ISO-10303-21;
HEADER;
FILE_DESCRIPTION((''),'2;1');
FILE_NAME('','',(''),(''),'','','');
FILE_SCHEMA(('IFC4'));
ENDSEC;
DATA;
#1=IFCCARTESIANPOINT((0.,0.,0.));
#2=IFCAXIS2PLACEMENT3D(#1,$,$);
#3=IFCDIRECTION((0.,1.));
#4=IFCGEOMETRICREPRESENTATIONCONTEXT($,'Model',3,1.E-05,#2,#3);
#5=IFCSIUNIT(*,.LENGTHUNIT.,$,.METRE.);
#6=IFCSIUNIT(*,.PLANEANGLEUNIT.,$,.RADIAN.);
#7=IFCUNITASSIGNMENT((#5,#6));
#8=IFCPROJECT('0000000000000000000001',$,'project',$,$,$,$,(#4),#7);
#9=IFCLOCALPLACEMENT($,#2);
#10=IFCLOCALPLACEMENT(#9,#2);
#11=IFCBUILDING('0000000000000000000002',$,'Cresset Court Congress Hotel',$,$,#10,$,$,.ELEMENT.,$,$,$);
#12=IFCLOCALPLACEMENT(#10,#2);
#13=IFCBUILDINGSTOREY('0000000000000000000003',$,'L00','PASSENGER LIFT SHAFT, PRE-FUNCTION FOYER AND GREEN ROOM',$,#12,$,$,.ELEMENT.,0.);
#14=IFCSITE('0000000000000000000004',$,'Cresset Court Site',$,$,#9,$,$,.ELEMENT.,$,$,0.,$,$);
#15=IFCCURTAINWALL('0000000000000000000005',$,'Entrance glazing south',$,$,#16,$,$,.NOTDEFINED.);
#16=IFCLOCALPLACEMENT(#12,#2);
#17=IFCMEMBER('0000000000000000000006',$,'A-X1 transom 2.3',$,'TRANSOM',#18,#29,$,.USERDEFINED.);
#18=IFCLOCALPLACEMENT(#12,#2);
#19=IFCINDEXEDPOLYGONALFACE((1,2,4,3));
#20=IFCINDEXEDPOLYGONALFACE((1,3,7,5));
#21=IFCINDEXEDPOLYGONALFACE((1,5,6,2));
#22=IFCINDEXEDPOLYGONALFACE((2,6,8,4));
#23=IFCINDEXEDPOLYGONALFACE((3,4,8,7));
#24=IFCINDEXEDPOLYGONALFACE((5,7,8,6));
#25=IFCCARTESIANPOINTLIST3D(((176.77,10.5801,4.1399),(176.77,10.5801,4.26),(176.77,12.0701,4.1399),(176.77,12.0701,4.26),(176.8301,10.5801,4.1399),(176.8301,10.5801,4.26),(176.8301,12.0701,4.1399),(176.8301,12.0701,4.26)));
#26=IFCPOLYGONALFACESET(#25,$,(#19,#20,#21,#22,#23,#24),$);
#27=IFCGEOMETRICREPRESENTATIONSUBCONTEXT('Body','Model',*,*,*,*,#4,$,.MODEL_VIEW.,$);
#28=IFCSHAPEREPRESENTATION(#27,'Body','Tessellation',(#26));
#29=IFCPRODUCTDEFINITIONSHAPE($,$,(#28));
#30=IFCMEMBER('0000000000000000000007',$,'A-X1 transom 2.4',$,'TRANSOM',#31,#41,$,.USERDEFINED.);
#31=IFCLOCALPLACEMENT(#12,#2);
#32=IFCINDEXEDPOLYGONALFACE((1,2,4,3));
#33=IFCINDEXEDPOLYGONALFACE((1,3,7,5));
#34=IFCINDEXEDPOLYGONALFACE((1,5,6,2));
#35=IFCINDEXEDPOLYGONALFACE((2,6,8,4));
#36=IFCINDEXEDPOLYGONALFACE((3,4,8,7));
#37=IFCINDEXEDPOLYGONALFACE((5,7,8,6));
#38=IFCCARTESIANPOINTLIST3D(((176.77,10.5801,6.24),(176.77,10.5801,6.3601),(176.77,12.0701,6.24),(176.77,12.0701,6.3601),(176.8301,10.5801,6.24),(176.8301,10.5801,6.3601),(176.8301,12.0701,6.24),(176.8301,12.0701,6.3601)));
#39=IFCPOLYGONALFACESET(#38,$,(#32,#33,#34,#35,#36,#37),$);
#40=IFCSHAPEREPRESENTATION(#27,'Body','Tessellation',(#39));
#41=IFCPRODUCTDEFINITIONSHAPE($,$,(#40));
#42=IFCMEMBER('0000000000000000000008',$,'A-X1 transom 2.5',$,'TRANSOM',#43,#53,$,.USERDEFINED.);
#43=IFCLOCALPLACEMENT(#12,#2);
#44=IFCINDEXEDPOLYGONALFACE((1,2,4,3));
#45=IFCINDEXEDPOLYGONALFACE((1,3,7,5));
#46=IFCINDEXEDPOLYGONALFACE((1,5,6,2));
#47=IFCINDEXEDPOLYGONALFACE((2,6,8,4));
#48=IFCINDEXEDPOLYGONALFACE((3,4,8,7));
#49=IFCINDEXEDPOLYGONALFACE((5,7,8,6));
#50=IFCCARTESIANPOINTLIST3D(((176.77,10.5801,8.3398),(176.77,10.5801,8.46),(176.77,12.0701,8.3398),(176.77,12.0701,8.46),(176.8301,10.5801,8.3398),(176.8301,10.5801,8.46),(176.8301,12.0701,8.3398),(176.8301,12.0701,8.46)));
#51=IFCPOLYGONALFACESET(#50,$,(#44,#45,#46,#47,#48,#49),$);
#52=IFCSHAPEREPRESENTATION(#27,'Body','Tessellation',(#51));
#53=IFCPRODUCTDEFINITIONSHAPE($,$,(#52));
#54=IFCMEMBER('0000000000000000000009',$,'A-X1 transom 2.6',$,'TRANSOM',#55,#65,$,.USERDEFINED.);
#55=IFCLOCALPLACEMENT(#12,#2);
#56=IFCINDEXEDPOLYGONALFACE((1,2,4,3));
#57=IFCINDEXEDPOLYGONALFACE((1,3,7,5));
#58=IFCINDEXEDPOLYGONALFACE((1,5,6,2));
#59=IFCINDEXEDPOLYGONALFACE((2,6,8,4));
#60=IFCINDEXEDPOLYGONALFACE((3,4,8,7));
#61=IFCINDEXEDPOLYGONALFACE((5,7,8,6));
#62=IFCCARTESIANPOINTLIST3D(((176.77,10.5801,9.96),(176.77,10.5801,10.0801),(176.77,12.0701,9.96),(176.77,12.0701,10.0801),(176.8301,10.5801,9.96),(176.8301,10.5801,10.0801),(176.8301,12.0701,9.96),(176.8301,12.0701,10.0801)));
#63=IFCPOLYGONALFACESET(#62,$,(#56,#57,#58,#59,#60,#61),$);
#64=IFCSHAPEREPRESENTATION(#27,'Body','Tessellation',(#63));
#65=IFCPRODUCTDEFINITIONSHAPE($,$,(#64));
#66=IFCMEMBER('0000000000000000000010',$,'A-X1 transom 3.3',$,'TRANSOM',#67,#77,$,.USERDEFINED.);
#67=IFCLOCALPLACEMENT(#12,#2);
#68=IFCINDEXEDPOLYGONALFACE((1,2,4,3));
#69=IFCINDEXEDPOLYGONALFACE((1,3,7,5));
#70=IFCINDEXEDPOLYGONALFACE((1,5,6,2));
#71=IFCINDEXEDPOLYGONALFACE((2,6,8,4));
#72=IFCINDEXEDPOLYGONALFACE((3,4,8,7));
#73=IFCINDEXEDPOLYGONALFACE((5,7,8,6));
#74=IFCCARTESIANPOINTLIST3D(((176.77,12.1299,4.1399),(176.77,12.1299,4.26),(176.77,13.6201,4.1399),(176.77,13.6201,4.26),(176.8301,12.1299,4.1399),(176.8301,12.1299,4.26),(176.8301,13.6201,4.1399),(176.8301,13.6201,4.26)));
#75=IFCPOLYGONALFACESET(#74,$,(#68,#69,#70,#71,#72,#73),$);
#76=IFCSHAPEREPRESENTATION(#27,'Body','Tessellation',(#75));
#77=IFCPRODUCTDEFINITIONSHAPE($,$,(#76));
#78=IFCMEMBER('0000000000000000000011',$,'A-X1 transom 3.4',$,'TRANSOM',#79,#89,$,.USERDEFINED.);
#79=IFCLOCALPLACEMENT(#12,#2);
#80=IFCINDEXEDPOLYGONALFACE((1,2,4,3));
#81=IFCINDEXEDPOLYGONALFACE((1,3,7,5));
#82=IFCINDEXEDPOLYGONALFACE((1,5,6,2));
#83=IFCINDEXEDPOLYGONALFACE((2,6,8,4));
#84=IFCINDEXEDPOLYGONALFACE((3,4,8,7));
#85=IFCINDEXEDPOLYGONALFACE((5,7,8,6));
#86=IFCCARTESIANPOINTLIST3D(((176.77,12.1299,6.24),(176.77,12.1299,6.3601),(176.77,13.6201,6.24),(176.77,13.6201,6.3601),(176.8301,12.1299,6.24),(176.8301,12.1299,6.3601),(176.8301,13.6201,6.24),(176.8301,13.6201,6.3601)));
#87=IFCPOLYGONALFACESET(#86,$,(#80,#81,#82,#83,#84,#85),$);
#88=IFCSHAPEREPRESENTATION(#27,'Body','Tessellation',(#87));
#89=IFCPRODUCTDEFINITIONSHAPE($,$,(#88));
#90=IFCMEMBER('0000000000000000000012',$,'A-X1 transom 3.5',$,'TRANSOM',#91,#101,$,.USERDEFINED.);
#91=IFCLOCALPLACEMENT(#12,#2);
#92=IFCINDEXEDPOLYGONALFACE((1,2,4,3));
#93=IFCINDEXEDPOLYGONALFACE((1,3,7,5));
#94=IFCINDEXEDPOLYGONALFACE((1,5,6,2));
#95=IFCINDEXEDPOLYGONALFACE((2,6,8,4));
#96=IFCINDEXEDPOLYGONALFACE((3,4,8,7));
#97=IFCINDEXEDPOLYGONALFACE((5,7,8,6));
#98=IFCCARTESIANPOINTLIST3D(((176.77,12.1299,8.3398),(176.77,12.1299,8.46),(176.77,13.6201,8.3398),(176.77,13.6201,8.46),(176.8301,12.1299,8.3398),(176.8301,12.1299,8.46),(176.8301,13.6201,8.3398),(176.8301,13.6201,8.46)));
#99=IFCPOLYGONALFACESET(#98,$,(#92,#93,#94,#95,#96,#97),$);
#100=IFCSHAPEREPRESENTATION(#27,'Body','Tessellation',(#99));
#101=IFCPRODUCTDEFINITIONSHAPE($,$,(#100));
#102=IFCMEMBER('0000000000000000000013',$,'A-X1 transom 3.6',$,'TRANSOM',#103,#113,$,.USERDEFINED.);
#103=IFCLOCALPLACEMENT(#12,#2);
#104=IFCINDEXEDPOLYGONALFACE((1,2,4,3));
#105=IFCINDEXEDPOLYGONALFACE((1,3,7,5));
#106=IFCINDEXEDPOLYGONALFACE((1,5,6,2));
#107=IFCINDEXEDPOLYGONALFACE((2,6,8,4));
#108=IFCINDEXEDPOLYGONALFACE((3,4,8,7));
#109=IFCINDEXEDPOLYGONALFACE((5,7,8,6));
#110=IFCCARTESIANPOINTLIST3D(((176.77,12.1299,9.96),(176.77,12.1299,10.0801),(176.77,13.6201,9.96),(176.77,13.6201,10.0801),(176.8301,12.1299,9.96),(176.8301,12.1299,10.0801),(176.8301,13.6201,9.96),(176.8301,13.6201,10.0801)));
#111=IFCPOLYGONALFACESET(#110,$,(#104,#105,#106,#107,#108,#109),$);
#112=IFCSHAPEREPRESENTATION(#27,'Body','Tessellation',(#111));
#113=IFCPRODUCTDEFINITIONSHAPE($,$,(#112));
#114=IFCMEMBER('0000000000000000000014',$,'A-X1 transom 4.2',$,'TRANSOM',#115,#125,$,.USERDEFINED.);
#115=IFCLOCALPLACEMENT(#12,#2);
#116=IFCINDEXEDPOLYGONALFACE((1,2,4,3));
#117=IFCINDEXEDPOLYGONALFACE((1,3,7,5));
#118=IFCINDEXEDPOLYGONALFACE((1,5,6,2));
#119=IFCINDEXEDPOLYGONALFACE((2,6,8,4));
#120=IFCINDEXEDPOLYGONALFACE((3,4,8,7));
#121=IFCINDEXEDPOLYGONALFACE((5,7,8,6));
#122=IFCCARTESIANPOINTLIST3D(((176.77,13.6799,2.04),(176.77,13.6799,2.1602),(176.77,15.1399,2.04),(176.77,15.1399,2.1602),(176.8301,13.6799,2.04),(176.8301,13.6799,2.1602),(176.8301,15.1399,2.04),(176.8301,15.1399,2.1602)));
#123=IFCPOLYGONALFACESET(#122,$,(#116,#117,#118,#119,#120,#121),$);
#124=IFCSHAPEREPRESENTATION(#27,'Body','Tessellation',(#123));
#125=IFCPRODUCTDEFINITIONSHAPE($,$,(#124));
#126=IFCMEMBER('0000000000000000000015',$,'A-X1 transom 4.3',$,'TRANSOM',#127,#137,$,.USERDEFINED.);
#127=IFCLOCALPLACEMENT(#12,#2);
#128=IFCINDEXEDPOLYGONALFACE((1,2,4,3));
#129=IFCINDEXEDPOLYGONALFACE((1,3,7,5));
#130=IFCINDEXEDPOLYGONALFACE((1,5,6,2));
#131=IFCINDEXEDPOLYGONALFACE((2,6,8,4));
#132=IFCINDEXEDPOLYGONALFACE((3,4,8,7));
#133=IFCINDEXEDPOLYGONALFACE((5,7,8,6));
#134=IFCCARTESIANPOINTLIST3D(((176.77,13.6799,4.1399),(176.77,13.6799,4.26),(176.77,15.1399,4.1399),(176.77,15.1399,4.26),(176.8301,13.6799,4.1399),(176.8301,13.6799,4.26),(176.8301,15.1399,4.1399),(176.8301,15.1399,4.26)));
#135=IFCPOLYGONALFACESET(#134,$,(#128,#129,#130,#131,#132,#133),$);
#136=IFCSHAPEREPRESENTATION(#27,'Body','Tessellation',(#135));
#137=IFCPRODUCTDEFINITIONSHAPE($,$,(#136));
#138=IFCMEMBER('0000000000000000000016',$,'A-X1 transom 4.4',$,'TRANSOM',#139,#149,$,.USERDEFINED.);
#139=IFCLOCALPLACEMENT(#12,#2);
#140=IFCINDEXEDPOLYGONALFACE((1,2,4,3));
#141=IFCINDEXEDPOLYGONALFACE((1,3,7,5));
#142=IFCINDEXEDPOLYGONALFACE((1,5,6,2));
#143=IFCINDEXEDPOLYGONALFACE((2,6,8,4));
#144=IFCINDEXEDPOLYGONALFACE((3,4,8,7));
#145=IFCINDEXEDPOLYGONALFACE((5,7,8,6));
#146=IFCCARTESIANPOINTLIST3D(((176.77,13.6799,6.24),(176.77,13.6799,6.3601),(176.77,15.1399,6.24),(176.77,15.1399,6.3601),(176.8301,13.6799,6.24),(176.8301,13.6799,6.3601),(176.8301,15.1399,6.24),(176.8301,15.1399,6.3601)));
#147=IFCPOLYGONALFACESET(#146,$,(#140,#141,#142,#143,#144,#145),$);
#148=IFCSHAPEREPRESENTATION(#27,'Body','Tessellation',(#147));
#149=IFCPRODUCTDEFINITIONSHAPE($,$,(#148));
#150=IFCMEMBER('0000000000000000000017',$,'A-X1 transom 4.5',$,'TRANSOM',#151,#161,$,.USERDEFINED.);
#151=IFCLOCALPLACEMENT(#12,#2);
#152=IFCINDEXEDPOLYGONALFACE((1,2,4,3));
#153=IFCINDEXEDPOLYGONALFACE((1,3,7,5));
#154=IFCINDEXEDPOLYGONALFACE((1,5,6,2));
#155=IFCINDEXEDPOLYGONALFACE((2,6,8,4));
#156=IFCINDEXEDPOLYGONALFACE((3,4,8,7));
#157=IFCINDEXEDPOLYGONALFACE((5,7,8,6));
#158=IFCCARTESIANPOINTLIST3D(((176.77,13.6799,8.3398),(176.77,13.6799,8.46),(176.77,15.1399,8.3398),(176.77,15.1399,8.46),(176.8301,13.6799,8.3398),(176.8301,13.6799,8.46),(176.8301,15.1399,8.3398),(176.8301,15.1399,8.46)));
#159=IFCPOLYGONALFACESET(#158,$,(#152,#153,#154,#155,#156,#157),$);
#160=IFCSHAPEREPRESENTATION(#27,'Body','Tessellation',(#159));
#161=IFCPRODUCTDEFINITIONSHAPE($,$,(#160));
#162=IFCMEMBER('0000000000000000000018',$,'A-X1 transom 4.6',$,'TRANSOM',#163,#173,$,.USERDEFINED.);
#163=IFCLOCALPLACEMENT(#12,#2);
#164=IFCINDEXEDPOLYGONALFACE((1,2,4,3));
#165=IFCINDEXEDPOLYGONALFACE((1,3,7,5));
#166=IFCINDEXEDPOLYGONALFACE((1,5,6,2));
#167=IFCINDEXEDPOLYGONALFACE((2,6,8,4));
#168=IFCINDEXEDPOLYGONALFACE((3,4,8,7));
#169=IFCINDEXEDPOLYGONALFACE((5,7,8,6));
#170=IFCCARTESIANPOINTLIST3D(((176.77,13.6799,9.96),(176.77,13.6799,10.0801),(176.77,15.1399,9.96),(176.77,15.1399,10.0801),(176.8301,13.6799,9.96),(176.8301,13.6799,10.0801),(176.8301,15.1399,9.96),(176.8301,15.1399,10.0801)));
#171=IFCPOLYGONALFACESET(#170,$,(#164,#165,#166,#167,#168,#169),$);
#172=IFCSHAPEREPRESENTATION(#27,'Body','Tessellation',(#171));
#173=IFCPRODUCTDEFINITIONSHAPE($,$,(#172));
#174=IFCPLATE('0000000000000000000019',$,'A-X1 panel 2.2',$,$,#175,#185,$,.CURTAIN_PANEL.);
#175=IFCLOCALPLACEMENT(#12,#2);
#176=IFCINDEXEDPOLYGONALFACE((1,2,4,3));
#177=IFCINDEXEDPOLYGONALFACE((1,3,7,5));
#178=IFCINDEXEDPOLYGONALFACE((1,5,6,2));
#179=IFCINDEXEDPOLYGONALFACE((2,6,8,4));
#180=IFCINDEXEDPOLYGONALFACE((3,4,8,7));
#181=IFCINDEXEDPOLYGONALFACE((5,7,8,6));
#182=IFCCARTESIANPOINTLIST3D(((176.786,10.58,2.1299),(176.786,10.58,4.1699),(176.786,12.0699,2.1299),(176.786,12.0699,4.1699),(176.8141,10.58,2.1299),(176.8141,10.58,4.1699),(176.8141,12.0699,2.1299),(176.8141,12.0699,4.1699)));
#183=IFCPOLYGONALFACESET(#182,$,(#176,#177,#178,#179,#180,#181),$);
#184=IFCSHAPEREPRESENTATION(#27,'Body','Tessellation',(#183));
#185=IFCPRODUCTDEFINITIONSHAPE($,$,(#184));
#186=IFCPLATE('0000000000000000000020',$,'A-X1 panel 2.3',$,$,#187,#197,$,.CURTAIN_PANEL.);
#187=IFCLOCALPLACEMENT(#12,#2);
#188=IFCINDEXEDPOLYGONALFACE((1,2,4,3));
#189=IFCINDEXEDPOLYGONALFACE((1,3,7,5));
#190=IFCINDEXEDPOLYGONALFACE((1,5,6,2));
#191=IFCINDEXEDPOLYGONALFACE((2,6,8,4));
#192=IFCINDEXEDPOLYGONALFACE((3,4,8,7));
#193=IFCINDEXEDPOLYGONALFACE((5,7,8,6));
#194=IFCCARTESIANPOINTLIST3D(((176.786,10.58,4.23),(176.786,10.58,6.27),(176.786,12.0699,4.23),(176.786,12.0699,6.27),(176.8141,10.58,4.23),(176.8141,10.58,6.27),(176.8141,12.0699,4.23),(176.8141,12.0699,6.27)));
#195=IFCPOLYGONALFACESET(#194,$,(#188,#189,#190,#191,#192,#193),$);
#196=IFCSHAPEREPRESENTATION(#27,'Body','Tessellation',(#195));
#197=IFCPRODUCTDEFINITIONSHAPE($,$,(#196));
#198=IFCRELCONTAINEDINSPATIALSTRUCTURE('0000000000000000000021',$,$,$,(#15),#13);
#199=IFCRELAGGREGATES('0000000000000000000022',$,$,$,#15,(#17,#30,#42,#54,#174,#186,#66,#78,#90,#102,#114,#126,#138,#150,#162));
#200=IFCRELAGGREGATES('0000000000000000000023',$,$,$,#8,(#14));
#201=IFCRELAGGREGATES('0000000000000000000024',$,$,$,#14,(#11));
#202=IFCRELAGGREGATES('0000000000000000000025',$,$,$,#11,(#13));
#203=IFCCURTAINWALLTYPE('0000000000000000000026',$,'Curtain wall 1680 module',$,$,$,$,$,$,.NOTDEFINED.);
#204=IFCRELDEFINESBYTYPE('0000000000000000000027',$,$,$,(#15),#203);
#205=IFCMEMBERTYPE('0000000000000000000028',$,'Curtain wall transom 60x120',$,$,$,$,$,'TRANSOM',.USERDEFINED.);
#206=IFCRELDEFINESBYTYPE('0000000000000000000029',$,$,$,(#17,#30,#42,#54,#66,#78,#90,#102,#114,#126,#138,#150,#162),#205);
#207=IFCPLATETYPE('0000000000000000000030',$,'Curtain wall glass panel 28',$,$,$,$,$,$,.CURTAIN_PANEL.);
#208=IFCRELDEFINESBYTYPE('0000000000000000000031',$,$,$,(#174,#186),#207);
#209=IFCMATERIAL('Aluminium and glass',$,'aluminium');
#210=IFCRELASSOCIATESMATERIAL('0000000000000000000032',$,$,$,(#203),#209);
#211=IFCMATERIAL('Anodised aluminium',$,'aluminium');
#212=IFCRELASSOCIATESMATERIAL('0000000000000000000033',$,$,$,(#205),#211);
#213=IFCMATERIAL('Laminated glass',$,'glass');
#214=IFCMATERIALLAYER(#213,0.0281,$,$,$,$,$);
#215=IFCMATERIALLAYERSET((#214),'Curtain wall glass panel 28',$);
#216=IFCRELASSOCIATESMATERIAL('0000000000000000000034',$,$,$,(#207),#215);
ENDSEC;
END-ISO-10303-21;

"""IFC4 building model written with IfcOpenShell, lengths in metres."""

from ifc_helpers import new_model, si_unit, direction, frame, origin, origin_2d, place, context, subcontext, project, spatial, rectangle, extrude, material, layer, layer_set, material_profile, profile_set, type_object, element, aggregate, save


model = new_model("IFC4")

# Units and contexts
model_context = context("Model", 3, precision=1e-05, world=origin(), true_north=direction((0.0, 1.0)))
body_context = subcontext(model_context, "Body", "Model", "MODEL_VIEW")
ifc_project = project(units=[si_unit("LENGTHUNIT", "METRE"), si_unit("PLANEANGLEUNIT", "RADIAN")], contexts=[model_context])

# Site, building, storey
site_placement = place(None, origin())
site = spatial("IfcSite", under=ifc_project, at=site_placement, Name="Cresset Court Site", CompositionType="ELEMENT", RefElevation=0.0)
building_placement = place(site_placement, origin())
building = spatial("IfcBuilding", under=site, at=building_placement, Name="Cresset Court Congress Hotel", CompositionType="ELEMENT")
storey_placement = place(building_placement, origin())
storey = spatial("IfcBuildingStorey", under=building, at=storey_placement, Name="L00", Description="PASSENGER LIFT SHAFT, PRE-FUNCTION FOYER AND GREEN ROOM", CompositionType="ELEMENT", Elevation=0.0)

# Curtain wall, members, plates
ifc_material_1 = material(Name="Aluminium and glass", Category="aluminium")
curtain_wall_type = type_object("IfcCurtainWallType", Name="Curtain wall 1680 module", PredefinedType="NOTDEFINED", material=ifc_material_1)
curtain_wall_placement = place(storey_placement, origin())
curtain_wall = element("IfcCurtainWall", 1, at=curtain_wall_placement, inside=storey, type_object=curtain_wall_type, Name="Entrance glazing south", PredefinedType="NOTDEFINED")
ifc_material_2 = material(Name="Anodised aluminium", Category="aluminium")
ifc_material_profile = material_profile(ifc_material_2, rectangle(XDim=0.0601, YDim=0.1201, at=origin_2d()), Name="AL60x120")
ifc_profile_set = profile_set([ifc_material_profile], Name="Anodised aluminium")
member_type = type_object("IfcMemberType", Name="Curtain wall transom 60x120", ElementType="TRANSOM", PredefinedType="USERDEFINED", material=ifc_profile_set)
member_1_placement = place(storey_placement, frame((176.8, 10.5801, 4.2), z_axis=(0.0, 1.0, 0.0), x_axis=(-1.0, 0.0, 0.0)))
member_1 = element("IfcMember", 2, at=member_1_placement, type_object=member_type, Name="A-X1 transom 2.3", ObjectType="TRANSOM", PredefinedType="USERDEFINED", context=body_context, shape_type="SweptSolid", body=[
    extrude(rectangle(XDim=0.0601, YDim=0.1201, at=origin_2d()), origin(), (0.0, 0.0, 1.0), 1.49),
])
member_2_placement = place(storey_placement, frame((176.8, 10.5801, 6.3), z_axis=(0.0, 1.0, 0.0), x_axis=(-1.0, 0.0, 0.0)))
member_2 = element("IfcMember", 3, at=member_2_placement, type_object=member_type, Name="A-X1 transom 2.4", ObjectType="TRANSOM", PredefinedType="USERDEFINED", context=body_context, shape_type="SweptSolid", body=[
    extrude(rectangle(XDim=0.0601, YDim=0.1201, at=origin_2d()), origin(), (0.0, 0.0, 1.0), 1.49),
])
member_3_placement = place(storey_placement, frame((176.8, 10.5801, 8.3999), z_axis=(0.0, 1.0, 0.0), x_axis=(-1.0, 0.0, 0.0)))
member_3 = element("IfcMember", 4, at=member_3_placement, type_object=member_type, Name="A-X1 transom 2.5", ObjectType="TRANSOM", PredefinedType="USERDEFINED", context=body_context, shape_type="SweptSolid", body=[
    extrude(rectangle(XDim=0.0601, YDim=0.1201, at=origin_2d()), origin(), (0.0, 0.0, 1.0), 1.49),
])
member_4_placement = place(storey_placement, frame((176.8, 10.5801, 10.02), z_axis=(0.0, 1.0, 0.0), x_axis=(-1.0, 0.0, 0.0)))
member_4 = element("IfcMember", 5, at=member_4_placement, type_object=member_type, Name="A-X1 transom 2.6", ObjectType="TRANSOM", PredefinedType="USERDEFINED", context=body_context, shape_type="SweptSolid", body=[
    extrude(rectangle(XDim=0.0601, YDim=0.1201, at=origin_2d()), origin(), (0.0, 0.0, 1.0), 1.49),
])
member_5_placement = place(storey_placement, frame((176.8, 12.1299, 4.2), z_axis=(0.0, 1.0, 0.0), x_axis=(-1.0, 0.0, 0.0)))
member_5 = element("IfcMember", 6, at=member_5_placement, type_object=member_type, Name="A-X1 transom 3.3", ObjectType="TRANSOM", PredefinedType="USERDEFINED", context=body_context, shape_type="SweptSolid", body=[
    extrude(rectangle(XDim=0.0601, YDim=0.1201, at=origin_2d()), origin(), (0.0, 0.0, 1.0), 1.4902),
])
member_6_placement = place(storey_placement, frame((176.8, 12.1299, 6.3), z_axis=(0.0, 1.0, 0.0), x_axis=(-1.0, 0.0, 0.0)))
member_6 = element("IfcMember", 7, at=member_6_placement, type_object=member_type, Name="A-X1 transom 3.4", ObjectType="TRANSOM", PredefinedType="USERDEFINED", context=body_context, shape_type="SweptSolid", body=[
    extrude(rectangle(XDim=0.0601, YDim=0.1201, at=origin_2d()), origin(), (0.0, 0.0, 1.0), 1.4902),
])
member_7_placement = place(storey_placement, frame((176.8, 12.1299, 8.3999), z_axis=(0.0, 1.0, 0.0), x_axis=(-1.0, 0.0, 0.0)))
member_7 = element("IfcMember", 8, at=member_7_placement, type_object=member_type, Name="A-X1 transom 3.5", ObjectType="TRANSOM", PredefinedType="USERDEFINED", context=body_context, shape_type="SweptSolid", body=[
    extrude(rectangle(XDim=0.0601, YDim=0.1201, at=origin_2d()), origin(), (0.0, 0.0, 1.0), 1.4902),
])
member_8_placement = place(storey_placement, frame((176.8, 12.1299, 10.02), z_axis=(0.0, 1.0, 0.0), x_axis=(-1.0, 0.0, 0.0)))
member_8 = element("IfcMember", 9, at=member_8_placement, type_object=member_type, Name="A-X1 transom 3.6", ObjectType="TRANSOM", PredefinedType="USERDEFINED", context=body_context, shape_type="SweptSolid", body=[
    extrude(rectangle(XDim=0.0601, YDim=0.1201, at=origin_2d()), origin(), (0.0, 0.0, 1.0), 1.4902),
])
member_9_placement = place(storey_placement, frame((176.8, 13.6799, 2.1001), z_axis=(0.0, 1.0, 0.0), x_axis=(-1.0, 0.0, 0.0)))
member_9 = element("IfcMember", 10, at=member_9_placement, type_object=member_type, Name="A-X1 transom 4.2", ObjectType="TRANSOM", PredefinedType="USERDEFINED", context=body_context, shape_type="SweptSolid", body=[
    extrude(rectangle(XDim=0.0601, YDim=0.1201, at=origin_2d()), origin(), (0.0, 0.0, 1.0), 1.46),
])
member_10_placement = place(storey_placement, frame((176.8, 13.6799, 4.2), z_axis=(0.0, 1.0, 0.0), x_axis=(-1.0, 0.0, 0.0)))
member_10 = element("IfcMember", 11, at=member_10_placement, type_object=member_type, Name="A-X1 transom 4.3", ObjectType="TRANSOM", PredefinedType="USERDEFINED", context=body_context, shape_type="SweptSolid", body=[
    extrude(rectangle(XDim=0.0601, YDim=0.1201, at=origin_2d()), origin(), (0.0, 0.0, 1.0), 1.46),
])
member_11_placement = place(storey_placement, frame((176.8, 13.6799, 6.3), z_axis=(0.0, 1.0, 0.0), x_axis=(-1.0, 0.0, 0.0)))
member_11 = element("IfcMember", 12, at=member_11_placement, type_object=member_type, Name="A-X1 transom 4.4", ObjectType="TRANSOM", PredefinedType="USERDEFINED", context=body_context, shape_type="SweptSolid", body=[
    extrude(rectangle(XDim=0.0601, YDim=0.1201, at=origin_2d()), origin(), (0.0, 0.0, 1.0), 1.46),
])
member_12_placement = place(storey_placement, frame((176.8, 13.6799, 8.3999), z_axis=(0.0, 1.0, 0.0), x_axis=(-1.0, 0.0, 0.0)))
member_12 = element("IfcMember", 13, at=member_12_placement, type_object=member_type, Name="A-X1 transom 4.5", ObjectType="TRANSOM", PredefinedType="USERDEFINED", context=body_context, shape_type="SweptSolid", body=[
    extrude(rectangle(XDim=0.0601, YDim=0.1201, at=origin_2d()), origin(), (0.0, 0.0, 1.0), 1.46),
])
member_13_placement = place(storey_placement, frame((176.8, 13.6799, 10.02), z_axis=(0.0, 1.0, 0.0), x_axis=(-1.0, 0.0, 0.0)))
member_13 = element("IfcMember", 14, at=member_13_placement, type_object=member_type, Name="A-X1 transom 4.6", ObjectType="TRANSOM", PredefinedType="USERDEFINED", context=body_context, shape_type="SweptSolid", body=[
    extrude(rectangle(XDim=0.0601, YDim=0.1201, at=origin_2d()), origin(), (0.0, 0.0, 1.0), 1.46),
])
ifc_material_3 = material(Name="Laminated glass", Category="glass")
ifc_layer = layer(ifc_material_3, 0.0281)
ifc_layer_set = layer_set([ifc_layer], Name="Curtain wall glass panel 28")
plate_type = type_object("IfcPlateType", Name="Curtain wall glass panel 28", PredefinedType="CURTAIN_PANEL", material=ifc_layer_set)
plate_1_placement = place(storey_placement, frame((176.8, 11.325, 2.1299), z_axis=(0.0, 0.0, 1.0), x_axis=(0.0, 1.0, 0.0)))
plate_1 = element("IfcPlate", 15, at=plate_1_placement, type_object=plate_type, Name="A-X1 panel 2.2", PredefinedType="CURTAIN_PANEL", context=body_context, shape_type="SweptSolid", body=[
    extrude(rectangle(XDim=1.49, YDim=0.0281, at=origin_2d()), origin(), (0.0, 0.0, 1.0), 2.04),
])
plate_2_placement = place(storey_placement, frame((176.8, 11.325, 4.23), z_axis=(0.0, 0.0, 1.0), x_axis=(0.0, 1.0, 0.0)))
plate_2 = element("IfcPlate", 16, at=plate_2_placement, type_object=plate_type, Name="A-X1 panel 2.3", PredefinedType="CURTAIN_PANEL", context=body_context, shape_type="SweptSolid", body=[
    extrude(rectangle(XDim=1.49, YDim=0.0281, at=origin_2d()), origin(), (0.0, 0.0, 1.0), 2.04),
])
aggregate(curtain_wall, [member_1, member_2, member_3, member_4, plate_1, plate_2, member_5, member_6, member_7, member_8, member_9, member_10, member_11, member_12, member_13])

save(model, "model.ifc")
